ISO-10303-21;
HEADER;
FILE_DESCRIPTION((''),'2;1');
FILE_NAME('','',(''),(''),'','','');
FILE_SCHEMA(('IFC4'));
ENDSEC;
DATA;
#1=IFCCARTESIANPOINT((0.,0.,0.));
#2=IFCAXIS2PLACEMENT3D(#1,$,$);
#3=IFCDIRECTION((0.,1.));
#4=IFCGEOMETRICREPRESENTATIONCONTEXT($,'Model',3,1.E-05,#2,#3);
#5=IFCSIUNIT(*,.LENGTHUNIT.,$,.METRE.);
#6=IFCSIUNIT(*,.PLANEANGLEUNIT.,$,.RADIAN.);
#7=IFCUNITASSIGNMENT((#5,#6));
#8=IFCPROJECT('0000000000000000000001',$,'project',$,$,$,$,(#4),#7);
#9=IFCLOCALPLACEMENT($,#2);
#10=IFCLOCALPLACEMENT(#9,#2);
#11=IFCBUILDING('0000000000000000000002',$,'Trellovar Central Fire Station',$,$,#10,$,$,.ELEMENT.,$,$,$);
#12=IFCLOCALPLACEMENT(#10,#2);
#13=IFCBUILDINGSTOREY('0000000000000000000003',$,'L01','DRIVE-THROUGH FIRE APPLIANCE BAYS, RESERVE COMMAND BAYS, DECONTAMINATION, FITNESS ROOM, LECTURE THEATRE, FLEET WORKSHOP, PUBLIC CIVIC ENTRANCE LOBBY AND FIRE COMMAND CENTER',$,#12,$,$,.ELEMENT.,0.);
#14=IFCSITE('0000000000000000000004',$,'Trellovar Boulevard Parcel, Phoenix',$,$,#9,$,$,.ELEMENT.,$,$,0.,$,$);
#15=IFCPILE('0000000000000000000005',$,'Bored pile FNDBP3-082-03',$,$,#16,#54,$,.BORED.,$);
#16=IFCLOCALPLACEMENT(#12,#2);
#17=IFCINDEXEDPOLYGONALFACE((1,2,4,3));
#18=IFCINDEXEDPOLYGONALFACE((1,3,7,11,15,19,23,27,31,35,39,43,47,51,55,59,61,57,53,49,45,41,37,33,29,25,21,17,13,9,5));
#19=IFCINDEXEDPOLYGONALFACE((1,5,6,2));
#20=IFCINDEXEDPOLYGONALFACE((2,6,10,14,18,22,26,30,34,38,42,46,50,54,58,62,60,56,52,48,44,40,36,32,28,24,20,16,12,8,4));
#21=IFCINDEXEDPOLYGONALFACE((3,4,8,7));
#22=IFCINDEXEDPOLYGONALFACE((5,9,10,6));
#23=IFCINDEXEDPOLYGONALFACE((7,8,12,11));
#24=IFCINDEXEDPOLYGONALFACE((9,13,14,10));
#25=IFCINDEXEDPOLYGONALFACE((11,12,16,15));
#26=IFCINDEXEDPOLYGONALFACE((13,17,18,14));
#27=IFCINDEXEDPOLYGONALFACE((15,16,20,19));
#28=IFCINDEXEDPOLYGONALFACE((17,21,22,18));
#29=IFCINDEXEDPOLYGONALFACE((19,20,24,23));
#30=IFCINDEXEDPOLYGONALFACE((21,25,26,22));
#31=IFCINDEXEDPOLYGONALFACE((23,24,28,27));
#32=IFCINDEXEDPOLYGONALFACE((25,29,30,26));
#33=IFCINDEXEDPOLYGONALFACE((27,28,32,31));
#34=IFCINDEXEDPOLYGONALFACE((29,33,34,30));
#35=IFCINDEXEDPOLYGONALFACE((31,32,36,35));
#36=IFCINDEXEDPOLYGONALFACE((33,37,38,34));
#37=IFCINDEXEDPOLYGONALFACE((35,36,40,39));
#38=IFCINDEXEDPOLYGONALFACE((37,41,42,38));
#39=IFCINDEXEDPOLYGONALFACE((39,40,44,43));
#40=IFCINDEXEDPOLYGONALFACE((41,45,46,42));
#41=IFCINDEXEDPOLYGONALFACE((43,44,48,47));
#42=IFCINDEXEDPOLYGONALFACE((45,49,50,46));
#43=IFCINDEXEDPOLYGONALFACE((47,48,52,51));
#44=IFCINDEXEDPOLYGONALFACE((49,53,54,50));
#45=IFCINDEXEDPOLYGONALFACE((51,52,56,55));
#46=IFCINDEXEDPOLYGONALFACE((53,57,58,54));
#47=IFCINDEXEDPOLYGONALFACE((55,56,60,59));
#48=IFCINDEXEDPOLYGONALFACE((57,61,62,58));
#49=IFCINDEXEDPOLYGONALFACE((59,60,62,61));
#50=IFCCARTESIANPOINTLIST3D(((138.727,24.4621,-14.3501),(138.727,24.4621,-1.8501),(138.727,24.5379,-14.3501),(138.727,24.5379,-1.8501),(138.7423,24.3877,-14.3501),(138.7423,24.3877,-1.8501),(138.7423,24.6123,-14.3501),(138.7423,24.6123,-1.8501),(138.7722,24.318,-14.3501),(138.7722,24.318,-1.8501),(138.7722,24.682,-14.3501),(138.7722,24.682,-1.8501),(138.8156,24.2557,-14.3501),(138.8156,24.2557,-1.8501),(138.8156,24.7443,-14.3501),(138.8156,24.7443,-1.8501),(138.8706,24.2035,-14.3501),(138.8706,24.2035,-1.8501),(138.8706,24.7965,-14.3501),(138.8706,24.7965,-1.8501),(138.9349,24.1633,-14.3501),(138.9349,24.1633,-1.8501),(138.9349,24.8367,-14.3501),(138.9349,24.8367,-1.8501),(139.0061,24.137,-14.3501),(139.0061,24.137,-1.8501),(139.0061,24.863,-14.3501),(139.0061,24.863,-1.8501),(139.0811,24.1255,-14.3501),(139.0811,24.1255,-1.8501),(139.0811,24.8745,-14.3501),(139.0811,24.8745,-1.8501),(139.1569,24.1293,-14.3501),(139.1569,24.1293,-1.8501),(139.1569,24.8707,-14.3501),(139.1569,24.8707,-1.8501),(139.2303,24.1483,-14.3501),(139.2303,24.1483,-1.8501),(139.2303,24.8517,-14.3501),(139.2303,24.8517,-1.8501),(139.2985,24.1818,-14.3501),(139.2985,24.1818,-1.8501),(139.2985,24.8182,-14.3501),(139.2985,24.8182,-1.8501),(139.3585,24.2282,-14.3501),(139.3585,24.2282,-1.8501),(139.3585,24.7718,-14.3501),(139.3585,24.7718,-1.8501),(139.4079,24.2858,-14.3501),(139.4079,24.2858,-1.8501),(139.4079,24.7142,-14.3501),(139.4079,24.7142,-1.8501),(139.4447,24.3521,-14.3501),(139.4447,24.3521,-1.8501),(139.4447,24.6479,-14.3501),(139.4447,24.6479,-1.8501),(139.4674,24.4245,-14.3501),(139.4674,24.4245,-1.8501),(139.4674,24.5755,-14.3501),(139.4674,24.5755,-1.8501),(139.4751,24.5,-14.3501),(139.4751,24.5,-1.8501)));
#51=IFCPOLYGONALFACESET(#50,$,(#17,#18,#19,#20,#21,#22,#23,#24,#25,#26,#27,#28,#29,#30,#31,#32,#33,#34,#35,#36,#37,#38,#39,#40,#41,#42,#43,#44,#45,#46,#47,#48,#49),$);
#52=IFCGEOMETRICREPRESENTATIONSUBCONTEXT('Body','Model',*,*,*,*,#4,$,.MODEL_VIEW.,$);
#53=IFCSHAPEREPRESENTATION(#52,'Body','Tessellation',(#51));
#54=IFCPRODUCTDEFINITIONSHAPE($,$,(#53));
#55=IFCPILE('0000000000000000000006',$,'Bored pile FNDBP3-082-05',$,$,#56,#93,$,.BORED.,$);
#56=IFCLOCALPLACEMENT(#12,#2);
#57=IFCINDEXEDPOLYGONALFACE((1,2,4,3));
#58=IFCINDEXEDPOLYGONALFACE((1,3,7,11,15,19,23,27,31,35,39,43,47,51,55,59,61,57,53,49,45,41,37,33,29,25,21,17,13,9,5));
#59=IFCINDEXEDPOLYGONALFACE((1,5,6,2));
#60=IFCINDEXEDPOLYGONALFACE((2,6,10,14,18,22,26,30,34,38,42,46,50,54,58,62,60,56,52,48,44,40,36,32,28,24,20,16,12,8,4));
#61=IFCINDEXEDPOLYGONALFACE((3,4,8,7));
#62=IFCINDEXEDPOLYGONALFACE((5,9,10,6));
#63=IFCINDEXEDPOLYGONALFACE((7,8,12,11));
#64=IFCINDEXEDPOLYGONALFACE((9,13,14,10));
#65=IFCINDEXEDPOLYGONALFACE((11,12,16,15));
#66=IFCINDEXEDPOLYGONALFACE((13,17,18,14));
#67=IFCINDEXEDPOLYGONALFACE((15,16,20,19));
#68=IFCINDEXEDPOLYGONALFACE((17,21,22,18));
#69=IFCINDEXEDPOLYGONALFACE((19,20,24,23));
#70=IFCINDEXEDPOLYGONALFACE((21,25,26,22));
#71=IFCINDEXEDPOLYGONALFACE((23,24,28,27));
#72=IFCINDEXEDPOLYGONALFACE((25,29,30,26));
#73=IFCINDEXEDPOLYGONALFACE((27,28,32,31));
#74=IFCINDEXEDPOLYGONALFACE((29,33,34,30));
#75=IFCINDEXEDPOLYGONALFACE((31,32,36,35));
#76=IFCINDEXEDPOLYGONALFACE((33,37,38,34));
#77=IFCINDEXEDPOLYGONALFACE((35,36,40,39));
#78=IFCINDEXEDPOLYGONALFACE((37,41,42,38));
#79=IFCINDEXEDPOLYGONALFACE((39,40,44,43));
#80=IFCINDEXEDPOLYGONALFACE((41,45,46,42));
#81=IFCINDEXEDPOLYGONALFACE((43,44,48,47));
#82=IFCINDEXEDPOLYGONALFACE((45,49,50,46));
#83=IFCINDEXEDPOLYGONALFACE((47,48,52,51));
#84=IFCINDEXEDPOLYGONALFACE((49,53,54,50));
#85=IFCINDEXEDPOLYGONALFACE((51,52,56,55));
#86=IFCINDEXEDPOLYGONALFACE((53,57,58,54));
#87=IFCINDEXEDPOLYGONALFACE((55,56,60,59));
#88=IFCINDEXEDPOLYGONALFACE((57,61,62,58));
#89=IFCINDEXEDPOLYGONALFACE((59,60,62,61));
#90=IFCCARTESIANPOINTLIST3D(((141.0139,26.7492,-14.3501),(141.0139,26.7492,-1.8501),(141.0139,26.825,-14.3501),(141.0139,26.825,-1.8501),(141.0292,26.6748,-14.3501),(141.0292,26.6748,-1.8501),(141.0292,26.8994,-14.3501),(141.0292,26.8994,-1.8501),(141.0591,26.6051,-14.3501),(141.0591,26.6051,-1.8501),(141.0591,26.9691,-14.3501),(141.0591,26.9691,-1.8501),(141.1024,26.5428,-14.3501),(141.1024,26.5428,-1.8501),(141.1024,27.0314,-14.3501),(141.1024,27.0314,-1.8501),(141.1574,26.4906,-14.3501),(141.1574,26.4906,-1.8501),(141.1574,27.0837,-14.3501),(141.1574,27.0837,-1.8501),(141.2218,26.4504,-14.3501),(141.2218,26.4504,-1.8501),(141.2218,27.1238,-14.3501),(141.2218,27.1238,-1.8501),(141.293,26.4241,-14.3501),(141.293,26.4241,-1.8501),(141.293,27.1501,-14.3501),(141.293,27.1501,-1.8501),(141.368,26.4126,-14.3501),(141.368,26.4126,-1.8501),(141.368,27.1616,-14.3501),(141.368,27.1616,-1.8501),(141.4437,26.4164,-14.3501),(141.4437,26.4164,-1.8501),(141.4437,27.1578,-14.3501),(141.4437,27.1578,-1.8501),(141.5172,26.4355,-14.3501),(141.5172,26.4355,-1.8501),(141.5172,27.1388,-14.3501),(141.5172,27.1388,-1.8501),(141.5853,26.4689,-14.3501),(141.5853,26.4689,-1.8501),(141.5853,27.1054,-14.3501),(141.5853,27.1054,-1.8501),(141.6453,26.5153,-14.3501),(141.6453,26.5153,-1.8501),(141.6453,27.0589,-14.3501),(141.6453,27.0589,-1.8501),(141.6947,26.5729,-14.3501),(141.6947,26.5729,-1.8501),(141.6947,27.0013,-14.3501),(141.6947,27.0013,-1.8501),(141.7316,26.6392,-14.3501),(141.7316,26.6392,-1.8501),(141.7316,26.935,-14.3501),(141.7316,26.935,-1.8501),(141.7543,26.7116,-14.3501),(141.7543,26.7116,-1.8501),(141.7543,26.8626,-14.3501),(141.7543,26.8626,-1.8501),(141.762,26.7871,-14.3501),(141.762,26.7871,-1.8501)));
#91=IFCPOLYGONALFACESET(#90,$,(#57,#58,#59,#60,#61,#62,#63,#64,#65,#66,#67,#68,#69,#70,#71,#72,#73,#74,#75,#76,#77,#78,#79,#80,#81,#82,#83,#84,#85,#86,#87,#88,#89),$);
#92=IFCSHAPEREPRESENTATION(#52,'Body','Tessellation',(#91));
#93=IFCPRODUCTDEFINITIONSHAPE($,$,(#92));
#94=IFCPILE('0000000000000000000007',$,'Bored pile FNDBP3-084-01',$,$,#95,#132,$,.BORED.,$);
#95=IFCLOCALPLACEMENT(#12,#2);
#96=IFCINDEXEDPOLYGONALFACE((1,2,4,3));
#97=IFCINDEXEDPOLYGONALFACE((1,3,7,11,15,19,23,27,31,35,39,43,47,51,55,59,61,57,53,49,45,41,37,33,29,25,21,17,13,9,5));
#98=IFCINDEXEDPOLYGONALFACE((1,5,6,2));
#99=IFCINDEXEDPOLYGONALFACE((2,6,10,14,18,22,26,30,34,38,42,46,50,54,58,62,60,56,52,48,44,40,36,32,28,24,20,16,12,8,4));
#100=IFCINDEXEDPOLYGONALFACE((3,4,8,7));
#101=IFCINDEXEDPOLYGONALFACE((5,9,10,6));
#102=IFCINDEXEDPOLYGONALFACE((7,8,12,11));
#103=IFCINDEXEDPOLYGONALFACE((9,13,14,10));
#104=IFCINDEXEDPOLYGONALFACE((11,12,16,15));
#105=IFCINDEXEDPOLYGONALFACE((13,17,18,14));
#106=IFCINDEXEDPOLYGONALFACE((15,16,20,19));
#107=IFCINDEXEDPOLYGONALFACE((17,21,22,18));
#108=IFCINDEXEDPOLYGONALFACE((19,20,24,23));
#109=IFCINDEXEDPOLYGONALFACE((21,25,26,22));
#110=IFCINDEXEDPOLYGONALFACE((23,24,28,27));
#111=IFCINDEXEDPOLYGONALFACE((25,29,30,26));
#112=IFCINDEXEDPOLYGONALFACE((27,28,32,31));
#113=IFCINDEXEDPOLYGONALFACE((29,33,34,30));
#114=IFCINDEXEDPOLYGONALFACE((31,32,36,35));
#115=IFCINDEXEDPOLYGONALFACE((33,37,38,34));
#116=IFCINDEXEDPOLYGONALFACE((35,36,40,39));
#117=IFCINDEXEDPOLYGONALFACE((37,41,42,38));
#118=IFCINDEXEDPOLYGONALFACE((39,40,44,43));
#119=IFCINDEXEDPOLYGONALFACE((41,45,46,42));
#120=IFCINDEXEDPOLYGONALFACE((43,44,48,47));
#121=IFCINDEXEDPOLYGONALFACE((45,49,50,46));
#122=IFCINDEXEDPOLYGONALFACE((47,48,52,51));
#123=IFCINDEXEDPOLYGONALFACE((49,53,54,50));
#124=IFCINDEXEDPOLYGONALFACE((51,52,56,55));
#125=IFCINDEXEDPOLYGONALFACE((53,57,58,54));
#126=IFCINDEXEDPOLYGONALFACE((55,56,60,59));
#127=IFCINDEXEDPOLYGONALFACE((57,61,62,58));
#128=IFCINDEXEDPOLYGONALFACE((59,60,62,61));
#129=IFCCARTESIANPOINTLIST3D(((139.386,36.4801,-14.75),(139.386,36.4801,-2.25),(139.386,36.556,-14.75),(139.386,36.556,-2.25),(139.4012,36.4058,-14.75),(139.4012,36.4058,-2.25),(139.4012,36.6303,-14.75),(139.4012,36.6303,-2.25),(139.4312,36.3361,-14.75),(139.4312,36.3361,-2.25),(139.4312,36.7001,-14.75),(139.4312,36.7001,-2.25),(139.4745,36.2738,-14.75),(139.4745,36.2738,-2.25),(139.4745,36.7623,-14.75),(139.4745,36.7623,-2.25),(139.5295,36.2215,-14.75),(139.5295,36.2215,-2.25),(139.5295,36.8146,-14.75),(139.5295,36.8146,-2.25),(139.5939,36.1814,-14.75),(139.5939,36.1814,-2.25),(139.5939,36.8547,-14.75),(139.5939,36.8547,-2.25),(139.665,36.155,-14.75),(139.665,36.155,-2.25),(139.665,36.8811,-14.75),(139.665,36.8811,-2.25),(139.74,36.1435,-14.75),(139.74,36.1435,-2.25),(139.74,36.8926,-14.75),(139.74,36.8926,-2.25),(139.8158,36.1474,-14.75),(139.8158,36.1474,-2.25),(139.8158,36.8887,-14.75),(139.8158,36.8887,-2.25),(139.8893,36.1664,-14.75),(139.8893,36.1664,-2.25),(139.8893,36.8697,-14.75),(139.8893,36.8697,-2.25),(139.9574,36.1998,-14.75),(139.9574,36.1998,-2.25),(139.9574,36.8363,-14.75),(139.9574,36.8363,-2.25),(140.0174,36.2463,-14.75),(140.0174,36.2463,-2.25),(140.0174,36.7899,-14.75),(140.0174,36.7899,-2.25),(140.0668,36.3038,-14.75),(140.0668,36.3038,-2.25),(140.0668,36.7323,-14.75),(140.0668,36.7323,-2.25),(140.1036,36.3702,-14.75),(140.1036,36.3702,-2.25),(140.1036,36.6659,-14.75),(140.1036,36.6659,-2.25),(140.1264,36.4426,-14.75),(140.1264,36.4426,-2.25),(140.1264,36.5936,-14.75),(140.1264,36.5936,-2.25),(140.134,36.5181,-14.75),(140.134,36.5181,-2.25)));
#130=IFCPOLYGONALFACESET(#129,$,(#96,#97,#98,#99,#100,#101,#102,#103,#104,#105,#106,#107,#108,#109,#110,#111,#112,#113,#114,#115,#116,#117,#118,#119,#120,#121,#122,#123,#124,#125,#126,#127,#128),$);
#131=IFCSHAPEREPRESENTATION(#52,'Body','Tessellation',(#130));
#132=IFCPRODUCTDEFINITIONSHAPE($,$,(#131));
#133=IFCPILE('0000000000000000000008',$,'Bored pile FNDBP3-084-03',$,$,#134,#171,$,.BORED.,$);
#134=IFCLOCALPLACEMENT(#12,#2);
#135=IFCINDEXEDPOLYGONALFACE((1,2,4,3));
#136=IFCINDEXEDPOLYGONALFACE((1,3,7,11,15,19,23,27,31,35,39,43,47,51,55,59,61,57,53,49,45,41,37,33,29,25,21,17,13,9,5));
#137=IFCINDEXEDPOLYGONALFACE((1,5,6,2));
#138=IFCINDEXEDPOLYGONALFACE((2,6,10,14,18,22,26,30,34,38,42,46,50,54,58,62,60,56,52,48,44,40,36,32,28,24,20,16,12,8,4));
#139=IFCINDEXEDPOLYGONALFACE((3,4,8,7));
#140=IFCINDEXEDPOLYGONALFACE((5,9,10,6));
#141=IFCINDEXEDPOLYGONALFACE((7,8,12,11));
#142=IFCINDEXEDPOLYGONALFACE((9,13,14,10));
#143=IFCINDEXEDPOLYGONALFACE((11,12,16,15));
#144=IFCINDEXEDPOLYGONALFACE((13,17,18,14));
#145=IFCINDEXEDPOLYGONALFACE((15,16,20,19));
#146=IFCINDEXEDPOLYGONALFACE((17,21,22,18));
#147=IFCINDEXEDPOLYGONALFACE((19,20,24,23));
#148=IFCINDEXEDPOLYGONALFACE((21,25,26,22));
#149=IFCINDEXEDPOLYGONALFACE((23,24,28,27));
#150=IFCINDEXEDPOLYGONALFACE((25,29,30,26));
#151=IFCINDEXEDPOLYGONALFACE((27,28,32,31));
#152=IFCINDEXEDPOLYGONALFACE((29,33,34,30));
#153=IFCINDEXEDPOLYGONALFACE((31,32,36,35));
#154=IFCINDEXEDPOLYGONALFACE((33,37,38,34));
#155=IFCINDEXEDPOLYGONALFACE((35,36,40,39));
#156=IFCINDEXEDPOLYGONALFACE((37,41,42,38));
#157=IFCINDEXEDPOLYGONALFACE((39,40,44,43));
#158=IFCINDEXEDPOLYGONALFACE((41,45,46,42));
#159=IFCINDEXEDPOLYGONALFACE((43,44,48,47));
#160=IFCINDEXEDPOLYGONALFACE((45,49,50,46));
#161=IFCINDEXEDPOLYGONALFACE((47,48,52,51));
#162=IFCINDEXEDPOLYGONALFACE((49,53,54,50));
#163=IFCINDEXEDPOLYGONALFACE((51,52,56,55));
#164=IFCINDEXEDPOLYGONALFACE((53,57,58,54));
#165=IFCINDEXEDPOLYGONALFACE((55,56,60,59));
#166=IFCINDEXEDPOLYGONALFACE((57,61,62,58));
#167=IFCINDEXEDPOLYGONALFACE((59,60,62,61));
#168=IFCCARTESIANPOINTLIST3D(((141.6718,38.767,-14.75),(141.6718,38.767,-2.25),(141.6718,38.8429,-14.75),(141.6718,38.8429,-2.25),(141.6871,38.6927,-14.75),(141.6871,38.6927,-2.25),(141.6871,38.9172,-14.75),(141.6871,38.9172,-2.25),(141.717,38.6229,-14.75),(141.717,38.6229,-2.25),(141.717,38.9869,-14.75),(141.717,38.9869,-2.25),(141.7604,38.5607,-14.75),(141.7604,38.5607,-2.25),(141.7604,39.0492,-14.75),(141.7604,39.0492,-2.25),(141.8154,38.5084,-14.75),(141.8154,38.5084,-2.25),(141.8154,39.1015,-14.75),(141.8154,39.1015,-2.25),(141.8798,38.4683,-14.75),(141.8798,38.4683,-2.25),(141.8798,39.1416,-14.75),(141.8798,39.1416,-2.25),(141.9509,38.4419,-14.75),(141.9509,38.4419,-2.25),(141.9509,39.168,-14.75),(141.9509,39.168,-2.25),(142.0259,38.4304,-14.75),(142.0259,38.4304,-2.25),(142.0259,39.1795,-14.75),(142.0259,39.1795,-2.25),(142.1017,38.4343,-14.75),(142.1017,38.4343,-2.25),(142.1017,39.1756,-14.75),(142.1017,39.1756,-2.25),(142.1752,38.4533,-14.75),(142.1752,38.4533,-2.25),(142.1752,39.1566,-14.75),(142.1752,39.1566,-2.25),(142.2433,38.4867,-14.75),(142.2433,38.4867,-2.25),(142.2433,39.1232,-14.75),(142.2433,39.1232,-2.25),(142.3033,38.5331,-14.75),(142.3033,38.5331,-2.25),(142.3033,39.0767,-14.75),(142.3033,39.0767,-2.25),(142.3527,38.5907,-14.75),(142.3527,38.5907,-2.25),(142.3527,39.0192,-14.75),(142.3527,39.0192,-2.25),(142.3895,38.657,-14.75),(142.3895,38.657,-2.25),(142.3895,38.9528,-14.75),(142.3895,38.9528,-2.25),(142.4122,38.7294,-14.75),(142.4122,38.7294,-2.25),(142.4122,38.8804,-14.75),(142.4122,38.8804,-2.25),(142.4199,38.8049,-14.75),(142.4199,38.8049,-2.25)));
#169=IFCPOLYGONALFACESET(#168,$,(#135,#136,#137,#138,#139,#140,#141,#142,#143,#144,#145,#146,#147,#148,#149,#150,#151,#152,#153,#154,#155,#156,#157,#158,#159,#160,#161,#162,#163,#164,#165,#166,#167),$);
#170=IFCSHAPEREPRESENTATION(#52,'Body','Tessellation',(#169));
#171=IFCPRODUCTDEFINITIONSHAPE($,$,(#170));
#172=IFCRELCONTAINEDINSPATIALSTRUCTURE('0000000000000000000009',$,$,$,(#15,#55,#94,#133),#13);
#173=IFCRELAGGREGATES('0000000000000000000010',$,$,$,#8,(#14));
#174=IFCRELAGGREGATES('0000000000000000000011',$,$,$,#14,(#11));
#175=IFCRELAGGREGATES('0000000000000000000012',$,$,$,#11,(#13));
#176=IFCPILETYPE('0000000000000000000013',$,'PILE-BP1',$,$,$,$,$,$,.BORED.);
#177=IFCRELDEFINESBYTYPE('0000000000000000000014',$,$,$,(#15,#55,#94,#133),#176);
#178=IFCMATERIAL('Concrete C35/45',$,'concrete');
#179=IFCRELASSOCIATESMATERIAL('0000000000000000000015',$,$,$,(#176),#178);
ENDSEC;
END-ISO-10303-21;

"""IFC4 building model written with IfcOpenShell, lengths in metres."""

from ifc_helpers import new_model, si_unit, direction, frame, origin, origin_2d, place, context, subcontext, project, spatial, circle, extrude, material, material_profile, profile_set, type_object, element, save


model = new_model("IFC4")

# Units and contexts
model_context = context("Model", 3, precision=1e-05, world=origin(), true_north=direction((0.0, 1.0)))
body_context = subcontext(model_context, "Body", "Model", "MODEL_VIEW")
ifc_project = project(units=[si_unit("LENGTHUNIT", "METRE"), si_unit("PLANEANGLEUNIT", "RADIAN")], contexts=[model_context])

# Site, building, storey
site_placement = place(None, origin())
site = spatial("IfcSite", under=ifc_project, at=site_placement, Name="Trellovar Boulevard Parcel, Phoenix", CompositionType="ELEMENT", RefElevation=0.0)
building_placement = place(site_placement, origin())
building = spatial("IfcBuilding", under=site, at=building_placement, Name="Trellovar Central Fire Station", CompositionType="ELEMENT")
storey_placement = place(building_placement, origin())
storey = spatial("IfcBuildingStorey", under=building, at=storey_placement, Name="L01", Description="DRIVE-THROUGH FIRE APPLIANCE BAYS, RESERVE COMMAND BAYS, DECONTAMINATION, FITNESS ROOM, LECTURE THEATRE, FLEET WORKSHOP, PUBLIC CIVIC ENTRANCE LOBBY AND FIRE COMMAND CENTER", CompositionType="ELEMENT", Elevation=0.0)

# Piles
ifc_material_1 = material(Name="Concrete C35/45", Category="concrete")
ifc_material_profile_1 = material_profile(ifc_material_1, circle(Radius=0.375, at=origin_2d()), Name="PILE750")
ifc_profile_set_1 = profile_set([ifc_material_profile_1], Name="Concrete C35/45")
pile_type_1 = type_object("IfcPileType", Name="PILE-BP1", PredefinedType="BORED", material=ifc_profile_set_1)
for number, where, z_axis, x_axis, name in (
    (1, (139.1001, 24.5, -1.8501), (0.0, 0.0, -1.0), (1.0, 0.0, 0.0), "Bored pile FNDBP3-082-03"),
    (2, (141.387, 26.7871, -1.8501), (0.0, 0.0, -1.0), (1.0, 0.0, 0.0), "Bored pile FNDBP3-082-05"),
    (3, (139.759, 36.5181, -2.25), (0.0, 0.0, -1.0), (1.0, 0.0, 0.0), "Bored pile FNDBP3-084-01"),
    (4, (142.0449, 38.8049, -2.25), (0.0, 0.0, -1.0), (1.0, 0.0, 0.0), "Bored pile FNDBP3-084-03"),
):
    element("IfcPile", number, at=place(storey_placement, frame(where, z_axis=z_axis, x_axis=x_axis)), inside=storey, type_object=pile_type_1, Name=name, PredefinedType="BORED", context=body_context, shape_type="SweptSolid", body=[
        extrude(circle(Radius=0.375, at=origin_2d()), origin(), (0.0, 0.0, 1.0), 12.5),
    ])

save(model, "model.ifc")
